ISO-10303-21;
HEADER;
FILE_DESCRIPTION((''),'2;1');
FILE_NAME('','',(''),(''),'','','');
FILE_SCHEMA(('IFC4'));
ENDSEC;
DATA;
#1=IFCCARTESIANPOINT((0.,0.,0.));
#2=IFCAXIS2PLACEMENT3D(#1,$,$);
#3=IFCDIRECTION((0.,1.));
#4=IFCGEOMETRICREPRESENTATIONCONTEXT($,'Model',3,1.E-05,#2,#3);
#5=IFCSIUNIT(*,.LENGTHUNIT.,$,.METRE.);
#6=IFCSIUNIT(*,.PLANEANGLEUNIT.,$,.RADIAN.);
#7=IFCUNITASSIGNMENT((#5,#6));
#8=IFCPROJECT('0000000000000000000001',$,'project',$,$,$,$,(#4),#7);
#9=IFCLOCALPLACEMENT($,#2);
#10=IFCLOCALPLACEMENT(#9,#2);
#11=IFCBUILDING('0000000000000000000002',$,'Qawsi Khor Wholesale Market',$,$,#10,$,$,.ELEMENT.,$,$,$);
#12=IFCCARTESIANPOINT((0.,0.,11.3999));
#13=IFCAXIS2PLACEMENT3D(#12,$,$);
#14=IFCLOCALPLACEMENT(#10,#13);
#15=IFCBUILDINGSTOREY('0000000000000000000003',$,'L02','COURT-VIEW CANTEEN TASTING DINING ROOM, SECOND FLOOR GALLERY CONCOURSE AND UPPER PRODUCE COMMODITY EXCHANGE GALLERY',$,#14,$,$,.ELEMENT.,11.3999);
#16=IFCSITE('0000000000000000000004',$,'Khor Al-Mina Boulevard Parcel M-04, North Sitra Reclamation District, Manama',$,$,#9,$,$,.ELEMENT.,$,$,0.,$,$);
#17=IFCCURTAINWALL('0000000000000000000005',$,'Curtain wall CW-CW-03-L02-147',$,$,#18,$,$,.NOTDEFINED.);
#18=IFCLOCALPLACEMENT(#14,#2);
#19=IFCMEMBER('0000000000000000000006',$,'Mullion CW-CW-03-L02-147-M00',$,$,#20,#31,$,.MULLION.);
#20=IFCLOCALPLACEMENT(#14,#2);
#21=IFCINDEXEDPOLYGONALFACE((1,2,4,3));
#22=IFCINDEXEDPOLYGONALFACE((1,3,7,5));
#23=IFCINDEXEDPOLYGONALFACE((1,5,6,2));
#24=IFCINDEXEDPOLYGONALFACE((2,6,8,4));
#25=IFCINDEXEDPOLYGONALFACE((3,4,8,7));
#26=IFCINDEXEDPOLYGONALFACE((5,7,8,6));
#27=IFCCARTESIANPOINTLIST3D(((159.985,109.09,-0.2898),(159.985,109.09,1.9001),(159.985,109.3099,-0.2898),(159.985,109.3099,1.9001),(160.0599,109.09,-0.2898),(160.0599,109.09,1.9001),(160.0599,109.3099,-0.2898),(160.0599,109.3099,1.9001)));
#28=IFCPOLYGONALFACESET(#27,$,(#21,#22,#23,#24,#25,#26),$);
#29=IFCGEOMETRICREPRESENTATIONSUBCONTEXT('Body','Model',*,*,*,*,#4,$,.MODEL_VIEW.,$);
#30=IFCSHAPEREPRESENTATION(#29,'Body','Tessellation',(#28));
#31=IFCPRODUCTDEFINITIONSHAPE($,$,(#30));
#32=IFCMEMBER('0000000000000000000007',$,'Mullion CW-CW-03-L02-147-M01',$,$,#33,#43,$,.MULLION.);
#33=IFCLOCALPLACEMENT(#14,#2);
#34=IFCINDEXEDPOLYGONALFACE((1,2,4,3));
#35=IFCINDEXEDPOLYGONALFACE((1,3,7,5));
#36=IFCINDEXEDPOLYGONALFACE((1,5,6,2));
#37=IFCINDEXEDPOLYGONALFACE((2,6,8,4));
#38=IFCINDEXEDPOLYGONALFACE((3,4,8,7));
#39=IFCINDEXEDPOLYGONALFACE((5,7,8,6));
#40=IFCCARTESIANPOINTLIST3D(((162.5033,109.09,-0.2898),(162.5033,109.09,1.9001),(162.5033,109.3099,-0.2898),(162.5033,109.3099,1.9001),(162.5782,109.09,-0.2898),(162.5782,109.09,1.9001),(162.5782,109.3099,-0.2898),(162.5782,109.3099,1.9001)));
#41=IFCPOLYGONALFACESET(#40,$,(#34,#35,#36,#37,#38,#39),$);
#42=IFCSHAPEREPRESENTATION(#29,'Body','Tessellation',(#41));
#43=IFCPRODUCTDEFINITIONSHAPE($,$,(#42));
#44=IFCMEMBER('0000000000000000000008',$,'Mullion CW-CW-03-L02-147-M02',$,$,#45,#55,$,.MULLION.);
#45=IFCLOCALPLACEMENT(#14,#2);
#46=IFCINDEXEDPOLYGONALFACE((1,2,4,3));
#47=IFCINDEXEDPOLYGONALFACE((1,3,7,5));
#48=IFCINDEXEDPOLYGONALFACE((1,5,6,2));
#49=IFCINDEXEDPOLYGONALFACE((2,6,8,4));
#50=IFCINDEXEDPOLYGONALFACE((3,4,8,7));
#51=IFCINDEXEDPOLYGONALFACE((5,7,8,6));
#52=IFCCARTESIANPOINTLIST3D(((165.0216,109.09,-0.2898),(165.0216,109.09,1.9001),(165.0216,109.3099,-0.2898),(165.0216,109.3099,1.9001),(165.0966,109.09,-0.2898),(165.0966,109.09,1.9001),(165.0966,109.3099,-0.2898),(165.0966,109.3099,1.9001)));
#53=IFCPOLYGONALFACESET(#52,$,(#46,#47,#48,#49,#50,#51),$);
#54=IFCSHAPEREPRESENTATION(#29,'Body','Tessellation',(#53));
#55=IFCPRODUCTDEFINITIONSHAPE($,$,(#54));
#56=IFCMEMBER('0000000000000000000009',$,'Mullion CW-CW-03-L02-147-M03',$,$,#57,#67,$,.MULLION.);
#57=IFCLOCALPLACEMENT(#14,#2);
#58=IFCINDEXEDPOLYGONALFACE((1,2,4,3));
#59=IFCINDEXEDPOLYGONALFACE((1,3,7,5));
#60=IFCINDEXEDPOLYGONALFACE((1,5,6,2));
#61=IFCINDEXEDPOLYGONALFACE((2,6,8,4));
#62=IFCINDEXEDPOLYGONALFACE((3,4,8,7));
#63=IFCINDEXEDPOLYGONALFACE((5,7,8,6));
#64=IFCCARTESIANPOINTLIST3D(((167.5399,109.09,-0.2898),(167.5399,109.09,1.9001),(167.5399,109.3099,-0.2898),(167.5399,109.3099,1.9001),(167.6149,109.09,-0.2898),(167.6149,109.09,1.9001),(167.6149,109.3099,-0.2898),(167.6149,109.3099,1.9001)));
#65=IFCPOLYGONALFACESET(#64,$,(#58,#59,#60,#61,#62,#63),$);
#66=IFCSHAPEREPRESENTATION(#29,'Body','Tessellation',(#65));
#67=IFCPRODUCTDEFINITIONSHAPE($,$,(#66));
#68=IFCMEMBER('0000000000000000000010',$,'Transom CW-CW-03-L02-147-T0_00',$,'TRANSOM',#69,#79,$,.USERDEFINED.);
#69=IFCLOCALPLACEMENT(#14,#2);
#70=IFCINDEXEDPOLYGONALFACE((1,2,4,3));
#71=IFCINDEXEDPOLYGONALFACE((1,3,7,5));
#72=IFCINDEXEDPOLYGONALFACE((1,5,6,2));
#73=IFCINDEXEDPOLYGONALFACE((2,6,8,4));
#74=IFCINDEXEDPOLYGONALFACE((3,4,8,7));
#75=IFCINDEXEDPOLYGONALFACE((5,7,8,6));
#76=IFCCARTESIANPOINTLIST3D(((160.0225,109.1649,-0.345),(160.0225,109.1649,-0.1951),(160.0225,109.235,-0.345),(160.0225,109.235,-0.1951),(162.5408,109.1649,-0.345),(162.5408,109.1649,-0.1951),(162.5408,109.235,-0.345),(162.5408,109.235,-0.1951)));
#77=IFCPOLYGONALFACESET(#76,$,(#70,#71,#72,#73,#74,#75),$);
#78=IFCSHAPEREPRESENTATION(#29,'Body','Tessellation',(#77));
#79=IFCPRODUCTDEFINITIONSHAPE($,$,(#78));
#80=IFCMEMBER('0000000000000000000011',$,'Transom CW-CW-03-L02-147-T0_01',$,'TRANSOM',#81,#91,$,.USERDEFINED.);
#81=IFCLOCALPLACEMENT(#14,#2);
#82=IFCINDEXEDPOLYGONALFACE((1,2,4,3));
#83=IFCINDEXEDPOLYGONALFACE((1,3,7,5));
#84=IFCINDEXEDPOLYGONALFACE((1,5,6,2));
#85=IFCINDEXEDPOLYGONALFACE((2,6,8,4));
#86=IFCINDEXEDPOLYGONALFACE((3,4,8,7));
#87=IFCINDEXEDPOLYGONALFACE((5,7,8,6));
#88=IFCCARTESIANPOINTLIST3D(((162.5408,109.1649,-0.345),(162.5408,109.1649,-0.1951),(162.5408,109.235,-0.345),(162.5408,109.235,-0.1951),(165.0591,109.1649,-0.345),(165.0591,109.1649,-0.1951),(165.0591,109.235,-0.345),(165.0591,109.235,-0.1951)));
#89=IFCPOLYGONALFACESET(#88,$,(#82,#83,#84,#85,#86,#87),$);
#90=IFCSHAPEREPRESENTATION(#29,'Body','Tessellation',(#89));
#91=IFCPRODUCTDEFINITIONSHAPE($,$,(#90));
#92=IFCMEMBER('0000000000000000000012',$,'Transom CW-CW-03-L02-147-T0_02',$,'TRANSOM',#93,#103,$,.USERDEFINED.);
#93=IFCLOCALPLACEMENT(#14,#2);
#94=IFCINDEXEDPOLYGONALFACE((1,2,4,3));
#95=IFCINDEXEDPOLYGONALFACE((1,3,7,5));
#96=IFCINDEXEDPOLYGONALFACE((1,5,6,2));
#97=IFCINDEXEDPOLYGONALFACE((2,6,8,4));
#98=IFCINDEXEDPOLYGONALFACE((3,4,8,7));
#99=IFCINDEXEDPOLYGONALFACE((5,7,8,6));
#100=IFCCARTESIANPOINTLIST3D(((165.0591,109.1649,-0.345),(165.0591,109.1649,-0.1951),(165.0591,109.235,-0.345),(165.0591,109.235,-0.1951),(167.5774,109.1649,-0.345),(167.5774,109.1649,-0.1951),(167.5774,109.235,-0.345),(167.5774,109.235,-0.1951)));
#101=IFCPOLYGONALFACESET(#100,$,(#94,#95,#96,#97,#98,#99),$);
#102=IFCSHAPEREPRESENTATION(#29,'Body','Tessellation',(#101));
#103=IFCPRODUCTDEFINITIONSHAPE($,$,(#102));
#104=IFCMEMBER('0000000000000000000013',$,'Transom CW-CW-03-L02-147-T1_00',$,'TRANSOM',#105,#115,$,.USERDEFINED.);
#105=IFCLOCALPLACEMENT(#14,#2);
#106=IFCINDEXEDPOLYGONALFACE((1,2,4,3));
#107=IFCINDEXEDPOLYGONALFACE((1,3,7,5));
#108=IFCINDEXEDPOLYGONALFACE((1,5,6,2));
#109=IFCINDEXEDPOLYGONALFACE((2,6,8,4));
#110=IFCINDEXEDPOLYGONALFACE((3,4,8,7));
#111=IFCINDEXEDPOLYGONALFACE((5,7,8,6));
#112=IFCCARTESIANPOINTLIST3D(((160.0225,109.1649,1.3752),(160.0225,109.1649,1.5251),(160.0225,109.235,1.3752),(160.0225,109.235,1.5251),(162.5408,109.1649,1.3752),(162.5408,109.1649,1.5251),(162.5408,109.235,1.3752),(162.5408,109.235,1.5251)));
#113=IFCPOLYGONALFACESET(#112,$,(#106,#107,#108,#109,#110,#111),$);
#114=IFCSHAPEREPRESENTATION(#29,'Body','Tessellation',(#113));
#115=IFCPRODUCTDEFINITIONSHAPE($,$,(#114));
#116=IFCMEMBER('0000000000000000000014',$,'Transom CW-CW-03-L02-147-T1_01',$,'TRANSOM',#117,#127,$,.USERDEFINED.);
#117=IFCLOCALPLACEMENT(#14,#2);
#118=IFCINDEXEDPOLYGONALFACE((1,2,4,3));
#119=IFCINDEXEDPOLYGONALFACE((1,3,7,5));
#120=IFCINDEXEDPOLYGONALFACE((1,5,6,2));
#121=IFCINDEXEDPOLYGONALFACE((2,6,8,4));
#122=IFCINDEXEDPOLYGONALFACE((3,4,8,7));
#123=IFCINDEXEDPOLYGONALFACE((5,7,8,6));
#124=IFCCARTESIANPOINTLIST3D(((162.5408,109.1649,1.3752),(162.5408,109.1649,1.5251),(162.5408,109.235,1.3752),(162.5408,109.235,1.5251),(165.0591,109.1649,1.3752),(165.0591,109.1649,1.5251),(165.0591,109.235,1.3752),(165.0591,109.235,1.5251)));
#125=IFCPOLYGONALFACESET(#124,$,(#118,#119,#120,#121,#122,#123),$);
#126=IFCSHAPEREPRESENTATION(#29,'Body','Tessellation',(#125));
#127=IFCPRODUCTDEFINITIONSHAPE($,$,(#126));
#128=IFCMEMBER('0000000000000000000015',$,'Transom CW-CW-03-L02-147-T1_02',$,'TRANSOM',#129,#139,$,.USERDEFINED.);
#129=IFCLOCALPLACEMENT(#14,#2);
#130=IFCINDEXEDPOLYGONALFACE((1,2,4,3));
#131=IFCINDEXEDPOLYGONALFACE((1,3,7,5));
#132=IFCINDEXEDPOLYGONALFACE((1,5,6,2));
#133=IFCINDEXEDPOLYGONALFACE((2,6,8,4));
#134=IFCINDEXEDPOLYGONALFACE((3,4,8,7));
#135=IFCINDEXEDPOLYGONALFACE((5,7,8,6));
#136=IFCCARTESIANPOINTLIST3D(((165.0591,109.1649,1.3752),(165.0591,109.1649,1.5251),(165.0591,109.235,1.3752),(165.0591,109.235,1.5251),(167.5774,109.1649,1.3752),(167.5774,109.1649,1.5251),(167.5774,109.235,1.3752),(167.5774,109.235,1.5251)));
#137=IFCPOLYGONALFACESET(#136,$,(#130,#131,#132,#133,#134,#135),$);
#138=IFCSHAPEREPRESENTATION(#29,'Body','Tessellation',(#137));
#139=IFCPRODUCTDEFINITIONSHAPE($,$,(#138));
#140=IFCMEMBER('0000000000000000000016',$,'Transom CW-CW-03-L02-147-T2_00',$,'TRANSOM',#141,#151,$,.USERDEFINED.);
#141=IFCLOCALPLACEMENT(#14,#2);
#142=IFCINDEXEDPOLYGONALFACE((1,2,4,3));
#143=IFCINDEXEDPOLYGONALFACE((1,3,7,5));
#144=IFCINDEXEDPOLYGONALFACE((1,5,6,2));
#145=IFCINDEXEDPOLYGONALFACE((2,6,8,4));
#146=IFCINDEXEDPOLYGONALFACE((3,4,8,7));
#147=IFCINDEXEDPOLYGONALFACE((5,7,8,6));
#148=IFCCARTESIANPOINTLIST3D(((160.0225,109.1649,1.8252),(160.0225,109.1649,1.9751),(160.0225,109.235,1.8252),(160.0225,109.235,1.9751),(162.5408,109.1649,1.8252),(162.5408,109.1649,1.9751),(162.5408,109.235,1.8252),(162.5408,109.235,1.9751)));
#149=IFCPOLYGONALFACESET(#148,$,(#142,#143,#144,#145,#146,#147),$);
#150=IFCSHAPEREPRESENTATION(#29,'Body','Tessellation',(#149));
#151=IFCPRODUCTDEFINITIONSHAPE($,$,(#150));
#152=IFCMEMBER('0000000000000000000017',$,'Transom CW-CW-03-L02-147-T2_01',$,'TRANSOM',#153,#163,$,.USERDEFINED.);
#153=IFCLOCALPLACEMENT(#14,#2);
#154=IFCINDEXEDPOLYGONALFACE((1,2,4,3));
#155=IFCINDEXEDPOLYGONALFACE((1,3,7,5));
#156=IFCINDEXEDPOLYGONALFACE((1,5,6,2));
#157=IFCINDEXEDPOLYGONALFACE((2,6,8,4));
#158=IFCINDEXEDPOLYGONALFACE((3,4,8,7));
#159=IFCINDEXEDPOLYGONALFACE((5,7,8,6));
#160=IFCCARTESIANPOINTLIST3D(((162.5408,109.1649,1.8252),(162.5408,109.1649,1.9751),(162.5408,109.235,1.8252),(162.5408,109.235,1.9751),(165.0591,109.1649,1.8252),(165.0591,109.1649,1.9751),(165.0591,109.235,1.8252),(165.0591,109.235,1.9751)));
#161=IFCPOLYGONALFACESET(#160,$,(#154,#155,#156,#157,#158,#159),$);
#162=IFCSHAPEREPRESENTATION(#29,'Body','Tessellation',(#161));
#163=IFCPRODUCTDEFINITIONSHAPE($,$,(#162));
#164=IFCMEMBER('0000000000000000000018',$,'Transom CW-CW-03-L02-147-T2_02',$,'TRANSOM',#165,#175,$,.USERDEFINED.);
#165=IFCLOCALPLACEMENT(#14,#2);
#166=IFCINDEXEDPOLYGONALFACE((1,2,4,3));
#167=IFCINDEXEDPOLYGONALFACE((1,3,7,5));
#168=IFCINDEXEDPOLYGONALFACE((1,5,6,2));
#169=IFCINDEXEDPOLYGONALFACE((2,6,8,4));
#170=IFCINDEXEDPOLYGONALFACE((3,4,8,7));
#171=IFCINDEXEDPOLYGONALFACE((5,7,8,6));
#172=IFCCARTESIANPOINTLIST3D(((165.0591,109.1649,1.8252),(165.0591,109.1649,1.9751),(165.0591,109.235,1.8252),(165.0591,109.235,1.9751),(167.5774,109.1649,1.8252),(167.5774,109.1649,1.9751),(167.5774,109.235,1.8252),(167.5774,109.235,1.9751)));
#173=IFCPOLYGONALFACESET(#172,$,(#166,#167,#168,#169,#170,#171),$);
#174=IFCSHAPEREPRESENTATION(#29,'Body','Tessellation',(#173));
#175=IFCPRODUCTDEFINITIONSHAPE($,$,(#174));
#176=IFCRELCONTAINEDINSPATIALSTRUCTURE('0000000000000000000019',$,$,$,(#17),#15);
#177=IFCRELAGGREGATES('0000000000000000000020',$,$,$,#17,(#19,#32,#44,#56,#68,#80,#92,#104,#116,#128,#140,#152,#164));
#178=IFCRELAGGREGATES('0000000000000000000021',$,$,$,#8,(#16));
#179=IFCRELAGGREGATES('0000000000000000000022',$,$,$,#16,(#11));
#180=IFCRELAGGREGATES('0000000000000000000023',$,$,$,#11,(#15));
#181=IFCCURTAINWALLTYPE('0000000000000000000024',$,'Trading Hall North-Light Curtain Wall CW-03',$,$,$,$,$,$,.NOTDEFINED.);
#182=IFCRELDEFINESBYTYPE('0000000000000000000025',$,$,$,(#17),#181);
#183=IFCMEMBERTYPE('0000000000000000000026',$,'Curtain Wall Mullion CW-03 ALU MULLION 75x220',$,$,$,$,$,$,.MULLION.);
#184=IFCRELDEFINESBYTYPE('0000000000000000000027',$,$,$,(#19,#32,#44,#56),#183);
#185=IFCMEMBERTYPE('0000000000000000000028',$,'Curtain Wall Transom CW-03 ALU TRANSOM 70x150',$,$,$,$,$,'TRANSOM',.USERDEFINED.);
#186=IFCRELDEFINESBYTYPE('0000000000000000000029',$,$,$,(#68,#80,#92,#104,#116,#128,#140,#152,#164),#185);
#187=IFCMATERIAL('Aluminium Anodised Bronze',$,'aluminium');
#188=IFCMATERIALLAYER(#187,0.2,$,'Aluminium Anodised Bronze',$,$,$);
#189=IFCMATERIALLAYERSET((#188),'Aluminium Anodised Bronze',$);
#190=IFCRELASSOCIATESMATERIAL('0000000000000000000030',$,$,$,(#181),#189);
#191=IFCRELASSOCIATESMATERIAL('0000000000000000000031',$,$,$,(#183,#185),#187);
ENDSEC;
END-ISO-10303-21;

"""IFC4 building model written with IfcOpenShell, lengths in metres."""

from ifc_helpers import new_model, si_unit, direction, frame, origin, origin_2d, place, context, subcontext, project, spatial, rectangle, extrude, material, layer, layer_set, material_profile, profile_set, type_object, element, aggregate, save


model = new_model("IFC4")

# Units and contexts
model_context = context("Model", 3, precision=1e-05, world=origin(), true_north=direction((0.0, 1.0)))
body_context = subcontext(model_context, "Body", "Model", "MODEL_VIEW")
ifc_project = project(units=[si_unit("LENGTHUNIT", "METRE"), si_unit("PLANEANGLEUNIT", "RADIAN")], contexts=[model_context])

# Site, building, storey
site_placement = place(None, origin())
site = spatial("IfcSite", under=ifc_project, at=site_placement, Name="Khor Al-Mina Boulevard Parcel M-04, North Sitra Reclamation District, Manama", CompositionType="ELEMENT", RefElevation=0.0)
building_placement = place(site_placement, origin())
building = spatial("IfcBuilding", under=site, at=building_placement, Name="Qawsi Khor Wholesale Market", CompositionType="ELEMENT")
storey_placement = place(building_placement, frame((0.0, 0.0, 11.3999)))
storey = spatial("IfcBuildingStorey", under=building, at=storey_placement, Name="L02", Description="COURT-VIEW CANTEEN TASTING DINING ROOM, SECOND FLOOR GALLERY CONCOURSE AND UPPER PRODUCE COMMODITY EXCHANGE GALLERY", CompositionType="ELEMENT", Elevation=11.3999)

# Curtain wall, members
ifc_material_1 = material(Name="Aluminium Anodised Bronze", Category="aluminium")
ifc_layer_1 = layer(ifc_material_1, 0.2, Name="Aluminium Anodised Bronze")
ifc_layer_set_1 = layer_set([ifc_layer_1], Name="Aluminium Anodised Bronze")
curtain_wall_type = type_object("IfcCurtainWallType", Name="Trading Hall North-Light Curtain Wall CW-03", PredefinedType="NOTDEFINED", material=ifc_layer_set_1)
curtain_wall_placement = place(storey_placement, origin())
curtain_wall = element("IfcCurtainWall", 1, at=curtain_wall_placement, inside=storey, type_object=curtain_wall_type, Name="Curtain wall CW-CW-03-L02-147", PredefinedType="NOTDEFINED")
ifc_material_profile_1 = material_profile(ifc_material_1, rectangle(XDim=0.075, YDim=0.22, at=origin_2d()), Name="ALU MULLION 75x220")
ifc_profile_set_1 = profile_set([ifc_material_profile_1], Name="Aluminium Anodised Bronze")
member_type_1 = type_object("IfcMemberType", Name="Curtain Wall Mullion CW-03 ALU MULLION 75x220", PredefinedType="MULLION", material=ifc_profile_set_1)
member_1_placement = place(storey_placement, frame((160.0225, 109.2, -0.2898), z_axis=(0.0, 0.0, 1.0), x_axis=(1.0, 0.0, 0.0)))
member_1 = element("IfcMember", 2, at=member_1_placement, type_object=member_type_1, Name="Mullion CW-CW-03-L02-147-M00", PredefinedType="MULLION", context=body_context, shape_type="SweptSolid", body=[
    extrude(rectangle(XDim=0.075, YDim=0.22, at=origin_2d()), origin(), (0.0, 0.0, 1.0), 2.1899),
])
member_2_placement = place(storey_placement, frame((162.5408, 109.2, -0.2898), z_axis=(0.0, 0.0, 1.0), x_axis=(1.0, 0.0, 0.0)))
member_2 = element("IfcMember", 3, at=member_2_placement, type_object=member_type_1, Name="Mullion CW-CW-03-L02-147-M01", PredefinedType="MULLION", context=body_context, shape_type="SweptSolid", body=[
    extrude(rectangle(XDim=0.075, YDim=0.22, at=origin_2d()), origin(), (0.0, 0.0, 1.0), 2.1899),
])
member_3_placement = place(storey_placement, frame((165.0591, 109.2, -0.2898), z_axis=(0.0, 0.0, 1.0), x_axis=(1.0, 0.0, 0.0)))
member_3 = element("IfcMember", 4, at=member_3_placement, type_object=member_type_1, Name="Mullion CW-CW-03-L02-147-M02", PredefinedType="MULLION", context=body_context, shape_type="SweptSolid", body=[
    extrude(rectangle(XDim=0.075, YDim=0.22, at=origin_2d()), origin(), (0.0, 0.0, 1.0), 2.1899),
])
member_4_placement = place(storey_placement, frame((167.5774, 109.2, -0.2898), z_axis=(0.0, 0.0, 1.0), x_axis=(1.0, 0.0, 0.0)))
member_4 = element("IfcMember", 5, at=member_4_placement, type_object=member_type_1, Name="Mullion CW-CW-03-L02-147-M03", PredefinedType="MULLION", context=body_context, shape_type="SweptSolid", body=[
    extrude(rectangle(XDim=0.075, YDim=0.22, at=origin_2d()), origin(), (0.0, 0.0, 1.0), 2.1899),
])
ifc_material_profile_2 = material_profile(ifc_material_1, rectangle(XDim=0.0701, YDim=0.1499, at=origin_2d()), Name="ALU TRANSOM 70x150")
ifc_profile_set_2 = profile_set([ifc_material_profile_2], Name="Aluminium Anodised Bronze")
member_type_2 = type_object("IfcMemberType", Name="Curtain Wall Transom CW-03 ALU TRANSOM 70x150", ElementType="TRANSOM", PredefinedType="USERDEFINED", material=ifc_profile_set_2)
member_5_placement = place(storey_placement, frame((160.0225, 109.2, -0.27), z_axis=(1.0, 0.0, 0.0), x_axis=(0.0, 1.0, 0.0)))
member_5 = element("IfcMember", 6, at=member_5_placement, type_object=member_type_2, Name="Transom CW-CW-03-L02-147-T0_00", ObjectType="TRANSOM", PredefinedType="USERDEFINED", context=body_context, shape_type="SweptSolid", body=[
    extrude(rectangle(XDim=0.0701, YDim=0.1499, at=origin_2d()), origin(), (0.0, 0.0, 1.0), 2.5183),
])
member_6_placement = place(storey_placement, frame((162.5408, 109.2, -0.27), z_axis=(1.0, 0.0, 0.0), x_axis=(0.0, 1.0, 0.0)))
member_6 = element("IfcMember", 7, at=member_6_placement, type_object=member_type_2, Name="Transom CW-CW-03-L02-147-T0_01", ObjectType="TRANSOM", PredefinedType="USERDEFINED", context=body_context, shape_type="SweptSolid", body=[
    extrude(rectangle(XDim=0.0701, YDim=0.1499, at=origin_2d()), origin(), (0.0, 0.0, 1.0), 2.5183),
])
member_7_placement = place(storey_placement, frame((165.0591, 109.2, -0.27), z_axis=(1.0, 0.0, 0.0), x_axis=(0.0, 1.0, 0.0)))
member_7 = element("IfcMember", 8, at=member_7_placement, type_object=member_type_2, Name="Transom CW-CW-03-L02-147-T0_02", ObjectType="TRANSOM", PredefinedType="USERDEFINED", context=body_context, shape_type="SweptSolid", body=[
    extrude(rectangle(XDim=0.0701, YDim=0.1499, at=origin_2d()), origin(), (0.0, 0.0, 1.0), 2.5183),
])
member_8_placement = place(storey_placement, frame((160.0225, 109.2, 1.4502), z_axis=(1.0, 0.0, 0.0), x_axis=(0.0, 1.0, 0.0)))
member_8 = element("IfcMember", 9, at=member_8_placement, type_object=member_type_2, Name="Transom CW-CW-03-L02-147-T1_00", ObjectType="TRANSOM", PredefinedType="USERDEFINED", context=body_context, shape_type="SweptSolid", body=[
    extrude(rectangle(XDim=0.0701, YDim=0.1499, at=origin_2d()), origin(), (0.0, 0.0, 1.0), 2.5183),
])
member_9_placement = place(storey_placement, frame((162.5408, 109.2, 1.4502), z_axis=(1.0, 0.0, 0.0), x_axis=(0.0, 1.0, 0.0)))
member_9 = element("IfcMember", 10, at=member_9_placement, type_object=member_type_2, Name="Transom CW-CW-03-L02-147-T1_01", ObjectType="TRANSOM", PredefinedType="USERDEFINED", context=body_context, shape_type="SweptSolid", body=[
    extrude(rectangle(XDim=0.0701, YDim=0.1499, at=origin_2d()), origin(), (0.0, 0.0, 1.0), 2.5183),
])
member_10_placement = place(storey_placement, frame((165.0591, 109.2, 1.4502), z_axis=(1.0, 0.0, 0.0), x_axis=(0.0, 1.0, 0.0)))
member_10 = element("IfcMember", 11, at=member_10_placement, type_object=member_type_2, Name="Transom CW-CW-03-L02-147-T1_02", ObjectType="TRANSOM", PredefinedType="USERDEFINED", context=body_context, shape_type="SweptSolid", body=[
    extrude(rectangle(XDim=0.0701, YDim=0.1499, at=origin_2d()), origin(), (0.0, 0.0, 1.0), 2.5183),
])
member_11_placement = place(storey_placement, frame((160.0225, 109.2, 1.9001), z_axis=(1.0, 0.0, 0.0), x_axis=(0.0, 1.0, 0.0)))
member_11 = element("IfcMember", 12, at=member_11_placement, type_object=member_type_2, Name="Transom CW-CW-03-L02-147-T2_00", ObjectType="TRANSOM", PredefinedType="USERDEFINED", context=body_context, shape_type="SweptSolid", body=[
    extrude(rectangle(XDim=0.0701, YDim=0.1499, at=origin_2d()), origin(), (0.0, 0.0, 1.0), 2.5183),
])
member_12_placement = place(storey_placement, frame((162.5408, 109.2, 1.9001), z_axis=(1.0, 0.0, 0.0), x_axis=(0.0, 1.0, 0.0)))
member_12 = element("IfcMember", 13, at=member_12_placement, type_object=member_type_2, Name="Transom CW-CW-03-L02-147-T2_01", ObjectType="TRANSOM", PredefinedType="USERDEFINED", context=body_context, shape_type="SweptSolid", body=[
    extrude(rectangle(XDim=0.0701, YDim=0.1499, at=origin_2d()), origin(), (0.0, 0.0, 1.0), 2.5183),
])
member_13_placement = place(storey_placement, frame((165.0591, 109.2, 1.9001), z_axis=(1.0, 0.0, 0.0), x_axis=(0.0, 1.0, 0.0)))
member_13 = element("IfcMember", 14, at=member_13_placement, type_object=member_type_2, Name="Transom CW-CW-03-L02-147-T2_02", ObjectType="TRANSOM", PredefinedType="USERDEFINED", context=body_context, shape_type="SweptSolid", body=[
    extrude(rectangle(XDim=0.0701, YDim=0.1499, at=origin_2d()), origin(), (0.0, 0.0, 1.0), 2.5183),
])

aggregate(curtain_wall, [member_1, member_2, member_3, member_4, member_5, member_6, member_7, member_8, member_9, member_10, member_11, member_12, member_13])

save(model, "model.ifc")
